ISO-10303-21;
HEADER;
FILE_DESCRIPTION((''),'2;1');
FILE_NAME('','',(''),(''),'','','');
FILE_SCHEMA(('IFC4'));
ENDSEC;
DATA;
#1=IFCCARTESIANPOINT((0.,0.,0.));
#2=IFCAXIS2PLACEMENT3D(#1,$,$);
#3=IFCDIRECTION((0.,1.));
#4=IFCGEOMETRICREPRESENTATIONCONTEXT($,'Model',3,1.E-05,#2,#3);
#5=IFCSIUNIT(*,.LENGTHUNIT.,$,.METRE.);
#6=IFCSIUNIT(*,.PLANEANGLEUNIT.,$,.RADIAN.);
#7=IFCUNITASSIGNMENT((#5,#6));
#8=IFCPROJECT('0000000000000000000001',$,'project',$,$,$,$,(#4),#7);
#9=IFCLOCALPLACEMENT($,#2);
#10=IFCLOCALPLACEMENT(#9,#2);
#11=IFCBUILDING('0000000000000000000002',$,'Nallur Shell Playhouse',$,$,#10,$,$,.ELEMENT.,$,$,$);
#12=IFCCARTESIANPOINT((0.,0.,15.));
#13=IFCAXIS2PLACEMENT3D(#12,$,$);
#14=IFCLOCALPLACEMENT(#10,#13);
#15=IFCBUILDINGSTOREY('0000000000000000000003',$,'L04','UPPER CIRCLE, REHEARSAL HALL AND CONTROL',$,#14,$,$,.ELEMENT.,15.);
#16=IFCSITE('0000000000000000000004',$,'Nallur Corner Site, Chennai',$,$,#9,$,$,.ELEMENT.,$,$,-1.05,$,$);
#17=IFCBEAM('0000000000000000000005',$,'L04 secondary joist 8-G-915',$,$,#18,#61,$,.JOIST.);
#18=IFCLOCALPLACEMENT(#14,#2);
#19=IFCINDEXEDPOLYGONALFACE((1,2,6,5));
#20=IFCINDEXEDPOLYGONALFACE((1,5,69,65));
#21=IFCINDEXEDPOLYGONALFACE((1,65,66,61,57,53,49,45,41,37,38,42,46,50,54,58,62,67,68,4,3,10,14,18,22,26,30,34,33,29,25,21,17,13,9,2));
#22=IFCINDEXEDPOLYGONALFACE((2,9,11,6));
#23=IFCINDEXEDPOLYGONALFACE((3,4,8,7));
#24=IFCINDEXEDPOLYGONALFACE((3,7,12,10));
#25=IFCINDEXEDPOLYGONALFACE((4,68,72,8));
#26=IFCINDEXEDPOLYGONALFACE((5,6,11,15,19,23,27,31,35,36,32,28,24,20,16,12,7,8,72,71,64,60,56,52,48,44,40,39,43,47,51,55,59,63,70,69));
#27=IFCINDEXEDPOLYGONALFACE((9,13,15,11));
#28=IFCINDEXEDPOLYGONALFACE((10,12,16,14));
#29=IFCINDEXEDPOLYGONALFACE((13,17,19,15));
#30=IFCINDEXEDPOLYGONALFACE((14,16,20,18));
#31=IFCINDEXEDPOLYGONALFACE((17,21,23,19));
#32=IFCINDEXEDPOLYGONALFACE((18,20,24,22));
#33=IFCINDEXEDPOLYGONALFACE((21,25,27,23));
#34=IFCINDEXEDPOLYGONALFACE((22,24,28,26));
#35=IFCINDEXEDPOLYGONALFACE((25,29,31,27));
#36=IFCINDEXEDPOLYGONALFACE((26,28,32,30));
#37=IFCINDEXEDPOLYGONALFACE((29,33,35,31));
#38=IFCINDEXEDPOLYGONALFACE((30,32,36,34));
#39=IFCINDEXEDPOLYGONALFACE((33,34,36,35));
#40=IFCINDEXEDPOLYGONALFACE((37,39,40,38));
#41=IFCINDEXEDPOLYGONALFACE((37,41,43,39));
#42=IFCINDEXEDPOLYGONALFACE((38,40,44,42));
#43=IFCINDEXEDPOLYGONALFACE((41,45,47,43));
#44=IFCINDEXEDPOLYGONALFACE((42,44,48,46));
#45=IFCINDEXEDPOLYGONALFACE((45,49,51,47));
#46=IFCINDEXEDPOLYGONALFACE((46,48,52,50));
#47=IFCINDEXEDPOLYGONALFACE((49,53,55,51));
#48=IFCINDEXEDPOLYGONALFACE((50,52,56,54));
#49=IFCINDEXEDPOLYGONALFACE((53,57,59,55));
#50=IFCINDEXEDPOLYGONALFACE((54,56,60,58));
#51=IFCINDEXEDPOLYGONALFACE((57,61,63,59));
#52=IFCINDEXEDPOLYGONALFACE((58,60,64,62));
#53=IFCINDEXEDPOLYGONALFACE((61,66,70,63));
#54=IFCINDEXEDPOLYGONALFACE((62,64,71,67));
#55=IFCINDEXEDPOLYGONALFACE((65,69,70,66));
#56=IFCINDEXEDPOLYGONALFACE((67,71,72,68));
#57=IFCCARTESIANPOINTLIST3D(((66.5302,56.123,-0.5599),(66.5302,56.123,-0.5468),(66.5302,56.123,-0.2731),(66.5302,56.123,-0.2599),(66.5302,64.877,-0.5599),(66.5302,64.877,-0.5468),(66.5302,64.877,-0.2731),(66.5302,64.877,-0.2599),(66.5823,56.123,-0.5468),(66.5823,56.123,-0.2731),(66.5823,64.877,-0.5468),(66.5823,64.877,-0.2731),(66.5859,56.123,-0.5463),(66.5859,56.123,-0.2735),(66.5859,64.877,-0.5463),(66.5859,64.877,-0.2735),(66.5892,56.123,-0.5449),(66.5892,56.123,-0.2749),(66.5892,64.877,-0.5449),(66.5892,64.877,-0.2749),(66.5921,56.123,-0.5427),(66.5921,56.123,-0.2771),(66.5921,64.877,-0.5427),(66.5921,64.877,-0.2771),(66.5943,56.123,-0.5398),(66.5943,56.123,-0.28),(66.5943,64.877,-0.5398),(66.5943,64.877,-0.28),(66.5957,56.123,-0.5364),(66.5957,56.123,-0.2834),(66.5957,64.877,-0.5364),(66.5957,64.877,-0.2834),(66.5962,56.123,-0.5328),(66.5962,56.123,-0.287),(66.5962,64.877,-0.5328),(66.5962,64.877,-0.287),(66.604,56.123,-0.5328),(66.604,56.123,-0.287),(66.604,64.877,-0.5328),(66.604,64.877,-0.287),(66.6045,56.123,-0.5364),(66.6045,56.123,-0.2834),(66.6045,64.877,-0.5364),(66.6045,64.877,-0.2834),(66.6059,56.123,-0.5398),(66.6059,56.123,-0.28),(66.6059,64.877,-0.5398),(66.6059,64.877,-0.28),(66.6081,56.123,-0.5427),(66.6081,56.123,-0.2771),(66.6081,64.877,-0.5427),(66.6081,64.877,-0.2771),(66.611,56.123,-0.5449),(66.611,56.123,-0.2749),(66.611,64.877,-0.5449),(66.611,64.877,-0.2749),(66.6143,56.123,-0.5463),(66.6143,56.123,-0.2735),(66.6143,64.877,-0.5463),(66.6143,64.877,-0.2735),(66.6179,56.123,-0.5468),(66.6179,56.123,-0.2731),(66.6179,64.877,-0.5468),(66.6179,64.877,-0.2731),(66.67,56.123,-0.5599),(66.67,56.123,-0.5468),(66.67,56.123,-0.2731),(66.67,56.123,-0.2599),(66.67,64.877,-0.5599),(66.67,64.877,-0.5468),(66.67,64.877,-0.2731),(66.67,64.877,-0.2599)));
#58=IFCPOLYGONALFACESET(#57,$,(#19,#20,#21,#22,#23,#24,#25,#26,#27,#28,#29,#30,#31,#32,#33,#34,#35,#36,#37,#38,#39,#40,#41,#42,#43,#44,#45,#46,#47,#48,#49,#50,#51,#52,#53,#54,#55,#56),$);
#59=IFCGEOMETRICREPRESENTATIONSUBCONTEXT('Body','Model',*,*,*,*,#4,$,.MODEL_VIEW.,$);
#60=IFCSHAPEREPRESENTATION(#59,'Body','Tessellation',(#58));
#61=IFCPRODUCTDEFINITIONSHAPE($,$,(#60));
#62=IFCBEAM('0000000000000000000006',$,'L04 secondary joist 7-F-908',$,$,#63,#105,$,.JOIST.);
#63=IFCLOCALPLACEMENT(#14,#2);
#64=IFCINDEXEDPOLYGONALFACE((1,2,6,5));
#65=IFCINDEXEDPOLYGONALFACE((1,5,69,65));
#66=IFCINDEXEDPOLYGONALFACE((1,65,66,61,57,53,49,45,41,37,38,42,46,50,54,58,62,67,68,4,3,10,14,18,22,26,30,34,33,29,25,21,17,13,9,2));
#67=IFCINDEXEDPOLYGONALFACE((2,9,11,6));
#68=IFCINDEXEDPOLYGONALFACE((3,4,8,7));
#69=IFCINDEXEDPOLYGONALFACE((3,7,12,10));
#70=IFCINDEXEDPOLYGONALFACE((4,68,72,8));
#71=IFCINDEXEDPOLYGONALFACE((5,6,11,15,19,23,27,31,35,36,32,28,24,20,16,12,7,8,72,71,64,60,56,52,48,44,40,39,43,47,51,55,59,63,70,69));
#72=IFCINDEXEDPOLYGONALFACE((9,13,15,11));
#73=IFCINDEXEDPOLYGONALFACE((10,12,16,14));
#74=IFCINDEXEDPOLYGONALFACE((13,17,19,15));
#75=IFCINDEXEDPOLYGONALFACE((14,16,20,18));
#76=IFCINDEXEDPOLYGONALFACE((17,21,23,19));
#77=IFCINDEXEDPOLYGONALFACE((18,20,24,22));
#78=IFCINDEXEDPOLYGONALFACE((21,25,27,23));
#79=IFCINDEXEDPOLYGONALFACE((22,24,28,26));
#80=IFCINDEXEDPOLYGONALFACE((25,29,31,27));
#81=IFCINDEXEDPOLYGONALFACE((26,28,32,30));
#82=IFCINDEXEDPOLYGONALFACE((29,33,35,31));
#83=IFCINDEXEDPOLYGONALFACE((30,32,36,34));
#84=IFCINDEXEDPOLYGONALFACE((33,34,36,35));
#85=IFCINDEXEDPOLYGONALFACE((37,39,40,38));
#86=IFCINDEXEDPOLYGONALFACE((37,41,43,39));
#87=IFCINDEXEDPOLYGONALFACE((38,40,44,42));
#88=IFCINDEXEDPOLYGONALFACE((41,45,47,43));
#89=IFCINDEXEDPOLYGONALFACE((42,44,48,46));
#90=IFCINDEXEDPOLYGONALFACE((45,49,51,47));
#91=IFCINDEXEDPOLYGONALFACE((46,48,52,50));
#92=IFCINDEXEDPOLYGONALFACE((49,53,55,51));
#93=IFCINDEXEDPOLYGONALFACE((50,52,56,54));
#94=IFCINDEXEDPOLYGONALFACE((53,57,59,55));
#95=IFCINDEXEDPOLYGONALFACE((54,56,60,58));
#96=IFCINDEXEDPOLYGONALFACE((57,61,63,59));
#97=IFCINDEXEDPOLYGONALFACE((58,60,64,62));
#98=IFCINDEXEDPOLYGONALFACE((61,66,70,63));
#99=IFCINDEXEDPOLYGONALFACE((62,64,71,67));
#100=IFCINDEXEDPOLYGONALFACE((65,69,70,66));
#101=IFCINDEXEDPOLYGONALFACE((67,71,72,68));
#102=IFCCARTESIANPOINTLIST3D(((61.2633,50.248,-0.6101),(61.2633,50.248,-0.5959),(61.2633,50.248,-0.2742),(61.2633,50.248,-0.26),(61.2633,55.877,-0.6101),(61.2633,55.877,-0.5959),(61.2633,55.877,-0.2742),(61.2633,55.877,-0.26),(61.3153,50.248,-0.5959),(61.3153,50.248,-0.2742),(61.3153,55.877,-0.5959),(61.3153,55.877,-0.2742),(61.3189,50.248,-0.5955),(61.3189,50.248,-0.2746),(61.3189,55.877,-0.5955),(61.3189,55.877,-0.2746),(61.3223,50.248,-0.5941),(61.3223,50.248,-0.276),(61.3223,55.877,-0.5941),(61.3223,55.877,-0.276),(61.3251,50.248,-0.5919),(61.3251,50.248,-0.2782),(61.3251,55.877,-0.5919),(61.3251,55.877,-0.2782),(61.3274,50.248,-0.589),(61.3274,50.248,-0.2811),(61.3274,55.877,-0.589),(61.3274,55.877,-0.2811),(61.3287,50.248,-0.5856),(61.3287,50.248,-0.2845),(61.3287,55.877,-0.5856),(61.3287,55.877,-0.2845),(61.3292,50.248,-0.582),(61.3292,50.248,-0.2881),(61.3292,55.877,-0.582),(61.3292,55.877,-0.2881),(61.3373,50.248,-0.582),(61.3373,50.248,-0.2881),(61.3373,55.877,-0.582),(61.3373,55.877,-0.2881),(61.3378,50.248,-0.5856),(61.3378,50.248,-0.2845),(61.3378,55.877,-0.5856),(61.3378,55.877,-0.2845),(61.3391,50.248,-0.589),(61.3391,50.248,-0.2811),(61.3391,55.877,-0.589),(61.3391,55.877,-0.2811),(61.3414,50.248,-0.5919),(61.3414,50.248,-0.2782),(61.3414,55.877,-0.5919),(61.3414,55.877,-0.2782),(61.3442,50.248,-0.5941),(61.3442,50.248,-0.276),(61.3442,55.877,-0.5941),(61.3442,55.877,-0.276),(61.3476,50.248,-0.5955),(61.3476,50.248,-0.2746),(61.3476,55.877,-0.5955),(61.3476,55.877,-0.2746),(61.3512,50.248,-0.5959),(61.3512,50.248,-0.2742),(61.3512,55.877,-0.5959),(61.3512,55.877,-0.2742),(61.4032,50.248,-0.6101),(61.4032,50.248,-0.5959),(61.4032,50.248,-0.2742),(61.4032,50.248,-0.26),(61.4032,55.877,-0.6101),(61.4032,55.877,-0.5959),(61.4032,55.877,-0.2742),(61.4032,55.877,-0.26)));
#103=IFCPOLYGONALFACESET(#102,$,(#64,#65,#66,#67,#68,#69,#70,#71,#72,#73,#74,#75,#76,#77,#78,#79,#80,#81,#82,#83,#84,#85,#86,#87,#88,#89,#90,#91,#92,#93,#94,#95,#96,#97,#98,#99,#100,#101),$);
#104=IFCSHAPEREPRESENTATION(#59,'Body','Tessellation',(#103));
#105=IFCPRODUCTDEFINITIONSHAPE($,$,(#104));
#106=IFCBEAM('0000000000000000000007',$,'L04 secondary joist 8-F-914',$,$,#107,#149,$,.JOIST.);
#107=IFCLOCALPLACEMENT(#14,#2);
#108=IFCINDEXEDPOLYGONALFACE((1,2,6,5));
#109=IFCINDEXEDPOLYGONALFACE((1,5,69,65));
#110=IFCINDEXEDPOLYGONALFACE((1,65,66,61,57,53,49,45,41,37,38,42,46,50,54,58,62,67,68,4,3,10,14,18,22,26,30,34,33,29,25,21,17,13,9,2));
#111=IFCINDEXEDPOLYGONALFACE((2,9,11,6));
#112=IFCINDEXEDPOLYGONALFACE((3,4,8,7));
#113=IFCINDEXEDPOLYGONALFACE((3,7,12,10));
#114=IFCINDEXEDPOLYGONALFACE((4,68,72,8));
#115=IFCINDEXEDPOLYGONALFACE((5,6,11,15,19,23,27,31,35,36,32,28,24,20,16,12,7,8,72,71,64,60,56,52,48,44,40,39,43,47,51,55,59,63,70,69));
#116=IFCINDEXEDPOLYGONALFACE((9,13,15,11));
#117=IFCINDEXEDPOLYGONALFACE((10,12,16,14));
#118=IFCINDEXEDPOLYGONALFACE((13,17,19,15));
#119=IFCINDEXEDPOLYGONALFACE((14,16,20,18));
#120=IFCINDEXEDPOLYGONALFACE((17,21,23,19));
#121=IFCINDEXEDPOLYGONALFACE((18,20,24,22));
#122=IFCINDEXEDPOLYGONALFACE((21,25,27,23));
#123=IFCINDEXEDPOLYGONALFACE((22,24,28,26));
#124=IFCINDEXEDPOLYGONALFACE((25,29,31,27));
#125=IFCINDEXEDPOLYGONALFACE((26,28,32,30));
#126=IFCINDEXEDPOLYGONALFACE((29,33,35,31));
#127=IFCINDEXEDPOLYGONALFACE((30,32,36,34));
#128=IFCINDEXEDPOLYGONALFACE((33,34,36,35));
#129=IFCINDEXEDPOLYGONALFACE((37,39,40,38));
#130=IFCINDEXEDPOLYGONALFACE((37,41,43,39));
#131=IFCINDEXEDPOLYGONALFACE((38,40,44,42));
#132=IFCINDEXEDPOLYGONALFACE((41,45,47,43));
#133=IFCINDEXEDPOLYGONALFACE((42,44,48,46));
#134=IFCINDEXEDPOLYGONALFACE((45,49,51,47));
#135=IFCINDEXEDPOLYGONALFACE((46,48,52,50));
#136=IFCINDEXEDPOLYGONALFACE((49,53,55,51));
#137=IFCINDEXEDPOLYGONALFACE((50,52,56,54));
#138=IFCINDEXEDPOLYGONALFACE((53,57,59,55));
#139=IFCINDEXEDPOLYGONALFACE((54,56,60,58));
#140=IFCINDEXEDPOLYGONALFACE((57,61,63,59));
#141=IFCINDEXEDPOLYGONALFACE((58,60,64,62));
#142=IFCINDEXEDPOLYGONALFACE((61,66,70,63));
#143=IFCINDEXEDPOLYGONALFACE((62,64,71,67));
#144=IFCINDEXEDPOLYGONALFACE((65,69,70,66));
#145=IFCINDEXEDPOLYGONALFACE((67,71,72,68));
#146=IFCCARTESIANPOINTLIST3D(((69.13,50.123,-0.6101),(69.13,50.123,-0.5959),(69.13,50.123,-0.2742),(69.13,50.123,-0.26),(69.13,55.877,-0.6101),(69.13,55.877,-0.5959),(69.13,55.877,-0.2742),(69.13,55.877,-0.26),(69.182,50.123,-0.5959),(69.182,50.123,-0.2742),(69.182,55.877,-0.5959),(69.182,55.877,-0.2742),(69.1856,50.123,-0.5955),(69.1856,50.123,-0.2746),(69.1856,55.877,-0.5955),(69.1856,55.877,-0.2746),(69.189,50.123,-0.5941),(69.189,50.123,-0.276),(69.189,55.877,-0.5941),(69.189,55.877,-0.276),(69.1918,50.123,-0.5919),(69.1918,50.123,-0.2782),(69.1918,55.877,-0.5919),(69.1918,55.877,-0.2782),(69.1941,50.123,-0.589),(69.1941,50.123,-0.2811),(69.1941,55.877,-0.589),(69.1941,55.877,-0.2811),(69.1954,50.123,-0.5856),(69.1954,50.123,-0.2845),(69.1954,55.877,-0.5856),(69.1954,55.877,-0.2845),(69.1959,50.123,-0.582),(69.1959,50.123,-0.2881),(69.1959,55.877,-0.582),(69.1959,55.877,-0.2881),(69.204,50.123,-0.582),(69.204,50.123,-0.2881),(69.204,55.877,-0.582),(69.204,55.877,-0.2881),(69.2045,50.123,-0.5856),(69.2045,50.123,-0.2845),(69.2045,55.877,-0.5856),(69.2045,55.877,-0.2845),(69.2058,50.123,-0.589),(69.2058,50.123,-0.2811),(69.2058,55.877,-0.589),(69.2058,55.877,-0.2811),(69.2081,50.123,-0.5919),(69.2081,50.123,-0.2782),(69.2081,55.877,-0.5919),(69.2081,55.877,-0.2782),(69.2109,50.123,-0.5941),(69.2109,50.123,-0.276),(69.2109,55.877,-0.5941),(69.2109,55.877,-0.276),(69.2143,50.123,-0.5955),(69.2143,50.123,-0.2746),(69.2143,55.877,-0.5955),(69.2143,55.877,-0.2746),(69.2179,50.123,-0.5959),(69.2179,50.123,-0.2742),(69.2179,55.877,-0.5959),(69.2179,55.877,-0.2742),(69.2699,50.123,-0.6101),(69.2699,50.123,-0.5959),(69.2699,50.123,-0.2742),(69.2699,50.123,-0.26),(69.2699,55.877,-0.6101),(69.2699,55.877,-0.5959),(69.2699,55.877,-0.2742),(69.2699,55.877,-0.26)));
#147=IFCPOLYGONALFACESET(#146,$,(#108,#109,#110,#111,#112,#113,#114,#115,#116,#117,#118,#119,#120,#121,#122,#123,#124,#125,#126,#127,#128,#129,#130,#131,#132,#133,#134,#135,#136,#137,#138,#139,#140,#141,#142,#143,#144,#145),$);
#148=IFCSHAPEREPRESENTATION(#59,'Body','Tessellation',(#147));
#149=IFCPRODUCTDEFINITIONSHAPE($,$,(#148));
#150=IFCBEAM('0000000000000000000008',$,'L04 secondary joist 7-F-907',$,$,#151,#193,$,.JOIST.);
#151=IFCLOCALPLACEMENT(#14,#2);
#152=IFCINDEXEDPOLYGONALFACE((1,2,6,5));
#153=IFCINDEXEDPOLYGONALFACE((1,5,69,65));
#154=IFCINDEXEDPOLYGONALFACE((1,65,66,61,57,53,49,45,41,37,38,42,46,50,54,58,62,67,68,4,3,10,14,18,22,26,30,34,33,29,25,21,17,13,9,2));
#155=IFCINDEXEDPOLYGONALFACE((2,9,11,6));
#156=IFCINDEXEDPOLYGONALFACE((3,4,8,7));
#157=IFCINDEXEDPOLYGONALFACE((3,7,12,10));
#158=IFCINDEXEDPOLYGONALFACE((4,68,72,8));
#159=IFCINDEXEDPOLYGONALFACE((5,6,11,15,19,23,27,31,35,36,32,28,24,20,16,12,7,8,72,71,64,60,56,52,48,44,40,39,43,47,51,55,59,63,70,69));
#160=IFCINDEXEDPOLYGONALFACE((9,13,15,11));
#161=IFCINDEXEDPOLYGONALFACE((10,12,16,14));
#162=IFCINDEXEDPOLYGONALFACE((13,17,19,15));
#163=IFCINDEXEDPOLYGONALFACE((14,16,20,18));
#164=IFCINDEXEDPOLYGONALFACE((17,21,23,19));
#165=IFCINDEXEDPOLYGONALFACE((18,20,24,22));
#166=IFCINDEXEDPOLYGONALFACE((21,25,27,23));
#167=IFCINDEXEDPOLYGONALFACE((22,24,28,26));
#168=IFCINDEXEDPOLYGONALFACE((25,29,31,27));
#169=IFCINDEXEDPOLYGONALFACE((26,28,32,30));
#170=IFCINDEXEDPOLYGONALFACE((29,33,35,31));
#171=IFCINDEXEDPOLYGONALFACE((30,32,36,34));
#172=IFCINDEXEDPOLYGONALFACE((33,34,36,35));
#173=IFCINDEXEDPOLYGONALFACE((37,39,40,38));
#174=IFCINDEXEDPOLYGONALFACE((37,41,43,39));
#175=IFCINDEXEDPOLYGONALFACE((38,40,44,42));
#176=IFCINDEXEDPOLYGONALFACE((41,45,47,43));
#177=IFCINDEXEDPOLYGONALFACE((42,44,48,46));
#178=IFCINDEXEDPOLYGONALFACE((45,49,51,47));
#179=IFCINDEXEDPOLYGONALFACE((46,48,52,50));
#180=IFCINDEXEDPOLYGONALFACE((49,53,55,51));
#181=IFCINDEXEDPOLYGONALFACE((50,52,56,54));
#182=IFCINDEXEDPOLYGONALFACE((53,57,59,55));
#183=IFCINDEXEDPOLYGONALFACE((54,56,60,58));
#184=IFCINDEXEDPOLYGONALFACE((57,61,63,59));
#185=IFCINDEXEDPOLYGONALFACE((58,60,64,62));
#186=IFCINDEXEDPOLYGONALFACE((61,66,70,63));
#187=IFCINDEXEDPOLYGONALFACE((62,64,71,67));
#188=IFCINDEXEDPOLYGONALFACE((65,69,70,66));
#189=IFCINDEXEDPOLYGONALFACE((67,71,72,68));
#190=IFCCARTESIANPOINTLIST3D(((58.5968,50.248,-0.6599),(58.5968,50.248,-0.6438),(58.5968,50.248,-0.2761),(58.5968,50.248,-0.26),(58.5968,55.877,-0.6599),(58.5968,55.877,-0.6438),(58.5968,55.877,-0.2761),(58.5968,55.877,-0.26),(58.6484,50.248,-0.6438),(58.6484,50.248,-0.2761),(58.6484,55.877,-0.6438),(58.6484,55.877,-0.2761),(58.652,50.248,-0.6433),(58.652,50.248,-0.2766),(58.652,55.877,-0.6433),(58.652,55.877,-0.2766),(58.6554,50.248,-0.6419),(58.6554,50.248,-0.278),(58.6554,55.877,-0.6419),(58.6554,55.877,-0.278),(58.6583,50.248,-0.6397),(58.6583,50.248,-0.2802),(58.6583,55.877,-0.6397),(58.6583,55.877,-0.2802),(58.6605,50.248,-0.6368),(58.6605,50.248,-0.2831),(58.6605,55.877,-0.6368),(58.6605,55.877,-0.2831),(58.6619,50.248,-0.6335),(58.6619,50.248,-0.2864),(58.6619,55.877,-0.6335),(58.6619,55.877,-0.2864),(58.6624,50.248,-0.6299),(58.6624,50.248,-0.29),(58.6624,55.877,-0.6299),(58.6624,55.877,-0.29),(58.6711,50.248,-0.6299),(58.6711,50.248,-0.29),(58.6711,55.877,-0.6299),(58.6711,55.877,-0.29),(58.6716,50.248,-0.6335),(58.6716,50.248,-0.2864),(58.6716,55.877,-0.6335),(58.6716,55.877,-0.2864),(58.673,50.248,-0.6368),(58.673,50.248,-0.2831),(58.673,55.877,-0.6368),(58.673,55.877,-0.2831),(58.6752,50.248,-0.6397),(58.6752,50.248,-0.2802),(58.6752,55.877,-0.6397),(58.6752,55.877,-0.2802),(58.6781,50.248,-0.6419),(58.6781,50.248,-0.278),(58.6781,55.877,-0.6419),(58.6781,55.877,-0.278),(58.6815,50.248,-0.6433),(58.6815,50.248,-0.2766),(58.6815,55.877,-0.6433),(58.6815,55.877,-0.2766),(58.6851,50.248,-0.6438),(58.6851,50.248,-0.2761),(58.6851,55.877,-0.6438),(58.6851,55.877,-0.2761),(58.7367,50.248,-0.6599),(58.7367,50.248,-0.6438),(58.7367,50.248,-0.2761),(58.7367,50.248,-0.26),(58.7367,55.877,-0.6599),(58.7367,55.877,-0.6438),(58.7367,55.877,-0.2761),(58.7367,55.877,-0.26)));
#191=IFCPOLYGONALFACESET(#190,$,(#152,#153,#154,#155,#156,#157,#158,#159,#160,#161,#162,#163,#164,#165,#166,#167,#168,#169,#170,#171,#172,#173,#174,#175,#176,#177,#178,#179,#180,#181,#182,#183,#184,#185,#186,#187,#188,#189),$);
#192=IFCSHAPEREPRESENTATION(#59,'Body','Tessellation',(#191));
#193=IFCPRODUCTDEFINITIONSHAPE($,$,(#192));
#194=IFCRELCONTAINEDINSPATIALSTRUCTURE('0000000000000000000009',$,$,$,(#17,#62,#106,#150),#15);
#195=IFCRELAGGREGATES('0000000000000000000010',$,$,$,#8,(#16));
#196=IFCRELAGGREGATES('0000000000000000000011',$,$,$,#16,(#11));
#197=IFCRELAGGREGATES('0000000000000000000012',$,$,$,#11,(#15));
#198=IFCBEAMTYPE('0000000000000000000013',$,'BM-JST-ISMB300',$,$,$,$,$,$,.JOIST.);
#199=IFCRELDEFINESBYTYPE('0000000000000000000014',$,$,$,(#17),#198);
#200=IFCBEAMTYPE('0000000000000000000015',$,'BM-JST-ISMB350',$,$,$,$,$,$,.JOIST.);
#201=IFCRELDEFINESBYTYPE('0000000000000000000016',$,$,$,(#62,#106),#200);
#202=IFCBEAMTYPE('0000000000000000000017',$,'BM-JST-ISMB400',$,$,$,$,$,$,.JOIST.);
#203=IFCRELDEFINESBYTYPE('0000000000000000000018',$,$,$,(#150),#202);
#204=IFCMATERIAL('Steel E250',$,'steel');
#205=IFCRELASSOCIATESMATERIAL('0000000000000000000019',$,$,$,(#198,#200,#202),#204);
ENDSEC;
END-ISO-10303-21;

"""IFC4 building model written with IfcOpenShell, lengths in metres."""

from ifc_helpers import new_model, si_unit, direction, frame, origin, origin_2d, place, context, subcontext, project, spatial, i_section, extrude, material, material_profile, profile_set, type_object, element, save


model = new_model("IFC4")

# Units and contexts
model_context = context("Model", 3, precision=1e-05, world=origin(), true_north=direction((0.0, 1.0)))
body_context = subcontext(model_context, "Body", "Model", "MODEL_VIEW")
ifc_project = project(units=[si_unit("LENGTHUNIT", "METRE"), si_unit("PLANEANGLEUNIT", "RADIAN")], contexts=[model_context])

# Site, building, storey
site_placement = place(None, origin())
site = spatial("IfcSite", under=ifc_project, at=site_placement, Name="Nallur Corner Site, Chennai", CompositionType="ELEMENT", RefElevation=-1.05)
building_placement = place(site_placement, origin())
building = spatial("IfcBuilding", under=site, at=building_placement, Name="Nallur Shell Playhouse", CompositionType="ELEMENT")
storey_placement = place(building_placement, frame((0.0, 0.0, 15.0)))
storey = spatial("IfcBuildingStorey", under=building, at=storey_placement, Name="L04", Description="UPPER CIRCLE, REHEARSAL HALL AND CONTROL", CompositionType="ELEMENT", Elevation=15.0)

# Beams
ifc_material_1 = material(Name="Steel E250", Category="steel")
ifc_material_profile_1 = material_profile(ifc_material_1, i_section(OverallWidth=0.1399, OverallDepth=0.3, WebThickness=0.0078, FlangeThickness=0.0132, FilletRadius=0.0139, at=origin_2d()), Name="ISMB 300")
ifc_profile_set_1 = profile_set([ifc_material_profile_1], Name="Steel E250")
beam_type_1 = type_object("IfcBeamType", Name="BM-JST-ISMB300", PredefinedType="JOIST", material=ifc_profile_set_1)
beam_1_placement = place(storey_placement, frame((66.6001, 56.123, -0.4099), z_axis=(0.0, 1.0, 0.0), x_axis=(-1.0, 0.0, 0.0)))
element("IfcBeam", 1, at=beam_1_placement, inside=storey, type_object=beam_type_1, Name="L04 secondary joist 8-G-915", PredefinedType="JOIST", context=body_context, shape_type="SweptSolid", body=[
    extrude(i_section(OverallWidth=0.1399, OverallDepth=0.3, WebThickness=0.0078, FlangeThickness=0.0132, FilletRadius=0.0139, at=origin_2d()), origin(), (0.0, 0.0, 1.0), 8.7539),
])
ifc_material_profile_2 = material_profile(ifc_material_1, i_section(OverallWidth=0.1399, OverallDepth=0.3501, WebThickness=0.0081, FlangeThickness=0.0142, FilletRadius=0.0139, at=origin_2d()), Name="ISMB 350")
ifc_profile_set_2 = profile_set([ifc_material_profile_2], Name="Steel E250")
beam_type_2 = type_object("IfcBeamType", Name="BM-JST-ISMB350", PredefinedType="JOIST", material=ifc_profile_set_2)
beam_2_placement = place(storey_placement, frame((61.3333, 50.248, -0.4351), z_axis=(0.0, 1.0, 0.0), x_axis=(-1.0, 0.0, 0.0)))
element("IfcBeam", 2, at=beam_2_placement, inside=storey, type_object=beam_type_2, Name="L04 secondary joist 7-F-908", PredefinedType="JOIST", context=body_context, shape_type="SweptSolid", body=[
    extrude(i_section(OverallWidth=0.1399, OverallDepth=0.3501, WebThickness=0.0081, FlangeThickness=0.0142, FilletRadius=0.0139, at=origin_2d()), origin(), (0.0, 0.0, 1.0), 5.6289),
])
beam_3_placement = place(storey_placement, frame((69.2, 50.123, -0.4351), z_axis=(0.0, 1.0, 0.0), x_axis=(-1.0, 0.0, 0.0)))
element("IfcBeam", 3, at=beam_3_placement, inside=storey, type_object=beam_type_2, Name="L04 secondary joist 8-F-914", PredefinedType="JOIST", context=body_context, shape_type="SweptSolid", body=[
    extrude(i_section(OverallWidth=0.1399, OverallDepth=0.3501, WebThickness=0.0081, FlangeThickness=0.0142, FilletRadius=0.0139, at=origin_2d()), origin(), (0.0, 0.0, 1.0), 5.7539),
])
ifc_material_profile_3 = material_profile(ifc_material_1, i_section(OverallWidth=0.1399, OverallDepth=0.3999, WebThickness=0.0088, FlangeThickness=0.0161, FilletRadius=0.0139, at=origin_2d()), Name="ISMB 400")
ifc_profile_set_3 = profile_set([ifc_material_profile_3], Name="Steel E250")
beam_type_3 = type_object("IfcBeamType", Name="BM-JST-ISMB400", PredefinedType="JOIST", material=ifc_profile_set_3)
beam_4_placement = place(storey_placement, frame((58.6667, 50.248, -0.46), z_axis=(0.0, 1.0, 0.0), x_axis=(-1.0, 0.0, 0.0)))
element("IfcBeam", 4, at=beam_4_placement, inside=storey, type_object=beam_type_3, Name="L04 secondary joist 7-F-907", PredefinedType="JOIST", context=body_context, shape_type="SweptSolid", body=[
    extrude(i_section(OverallWidth=0.1399, OverallDepth=0.3999, WebThickness=0.0088, FlangeThickness=0.0161, FilletRadius=0.0139, at=origin_2d()), origin(), (0.0, 0.0, 1.0), 5.6289),
])

save(model, "model.ifc")
